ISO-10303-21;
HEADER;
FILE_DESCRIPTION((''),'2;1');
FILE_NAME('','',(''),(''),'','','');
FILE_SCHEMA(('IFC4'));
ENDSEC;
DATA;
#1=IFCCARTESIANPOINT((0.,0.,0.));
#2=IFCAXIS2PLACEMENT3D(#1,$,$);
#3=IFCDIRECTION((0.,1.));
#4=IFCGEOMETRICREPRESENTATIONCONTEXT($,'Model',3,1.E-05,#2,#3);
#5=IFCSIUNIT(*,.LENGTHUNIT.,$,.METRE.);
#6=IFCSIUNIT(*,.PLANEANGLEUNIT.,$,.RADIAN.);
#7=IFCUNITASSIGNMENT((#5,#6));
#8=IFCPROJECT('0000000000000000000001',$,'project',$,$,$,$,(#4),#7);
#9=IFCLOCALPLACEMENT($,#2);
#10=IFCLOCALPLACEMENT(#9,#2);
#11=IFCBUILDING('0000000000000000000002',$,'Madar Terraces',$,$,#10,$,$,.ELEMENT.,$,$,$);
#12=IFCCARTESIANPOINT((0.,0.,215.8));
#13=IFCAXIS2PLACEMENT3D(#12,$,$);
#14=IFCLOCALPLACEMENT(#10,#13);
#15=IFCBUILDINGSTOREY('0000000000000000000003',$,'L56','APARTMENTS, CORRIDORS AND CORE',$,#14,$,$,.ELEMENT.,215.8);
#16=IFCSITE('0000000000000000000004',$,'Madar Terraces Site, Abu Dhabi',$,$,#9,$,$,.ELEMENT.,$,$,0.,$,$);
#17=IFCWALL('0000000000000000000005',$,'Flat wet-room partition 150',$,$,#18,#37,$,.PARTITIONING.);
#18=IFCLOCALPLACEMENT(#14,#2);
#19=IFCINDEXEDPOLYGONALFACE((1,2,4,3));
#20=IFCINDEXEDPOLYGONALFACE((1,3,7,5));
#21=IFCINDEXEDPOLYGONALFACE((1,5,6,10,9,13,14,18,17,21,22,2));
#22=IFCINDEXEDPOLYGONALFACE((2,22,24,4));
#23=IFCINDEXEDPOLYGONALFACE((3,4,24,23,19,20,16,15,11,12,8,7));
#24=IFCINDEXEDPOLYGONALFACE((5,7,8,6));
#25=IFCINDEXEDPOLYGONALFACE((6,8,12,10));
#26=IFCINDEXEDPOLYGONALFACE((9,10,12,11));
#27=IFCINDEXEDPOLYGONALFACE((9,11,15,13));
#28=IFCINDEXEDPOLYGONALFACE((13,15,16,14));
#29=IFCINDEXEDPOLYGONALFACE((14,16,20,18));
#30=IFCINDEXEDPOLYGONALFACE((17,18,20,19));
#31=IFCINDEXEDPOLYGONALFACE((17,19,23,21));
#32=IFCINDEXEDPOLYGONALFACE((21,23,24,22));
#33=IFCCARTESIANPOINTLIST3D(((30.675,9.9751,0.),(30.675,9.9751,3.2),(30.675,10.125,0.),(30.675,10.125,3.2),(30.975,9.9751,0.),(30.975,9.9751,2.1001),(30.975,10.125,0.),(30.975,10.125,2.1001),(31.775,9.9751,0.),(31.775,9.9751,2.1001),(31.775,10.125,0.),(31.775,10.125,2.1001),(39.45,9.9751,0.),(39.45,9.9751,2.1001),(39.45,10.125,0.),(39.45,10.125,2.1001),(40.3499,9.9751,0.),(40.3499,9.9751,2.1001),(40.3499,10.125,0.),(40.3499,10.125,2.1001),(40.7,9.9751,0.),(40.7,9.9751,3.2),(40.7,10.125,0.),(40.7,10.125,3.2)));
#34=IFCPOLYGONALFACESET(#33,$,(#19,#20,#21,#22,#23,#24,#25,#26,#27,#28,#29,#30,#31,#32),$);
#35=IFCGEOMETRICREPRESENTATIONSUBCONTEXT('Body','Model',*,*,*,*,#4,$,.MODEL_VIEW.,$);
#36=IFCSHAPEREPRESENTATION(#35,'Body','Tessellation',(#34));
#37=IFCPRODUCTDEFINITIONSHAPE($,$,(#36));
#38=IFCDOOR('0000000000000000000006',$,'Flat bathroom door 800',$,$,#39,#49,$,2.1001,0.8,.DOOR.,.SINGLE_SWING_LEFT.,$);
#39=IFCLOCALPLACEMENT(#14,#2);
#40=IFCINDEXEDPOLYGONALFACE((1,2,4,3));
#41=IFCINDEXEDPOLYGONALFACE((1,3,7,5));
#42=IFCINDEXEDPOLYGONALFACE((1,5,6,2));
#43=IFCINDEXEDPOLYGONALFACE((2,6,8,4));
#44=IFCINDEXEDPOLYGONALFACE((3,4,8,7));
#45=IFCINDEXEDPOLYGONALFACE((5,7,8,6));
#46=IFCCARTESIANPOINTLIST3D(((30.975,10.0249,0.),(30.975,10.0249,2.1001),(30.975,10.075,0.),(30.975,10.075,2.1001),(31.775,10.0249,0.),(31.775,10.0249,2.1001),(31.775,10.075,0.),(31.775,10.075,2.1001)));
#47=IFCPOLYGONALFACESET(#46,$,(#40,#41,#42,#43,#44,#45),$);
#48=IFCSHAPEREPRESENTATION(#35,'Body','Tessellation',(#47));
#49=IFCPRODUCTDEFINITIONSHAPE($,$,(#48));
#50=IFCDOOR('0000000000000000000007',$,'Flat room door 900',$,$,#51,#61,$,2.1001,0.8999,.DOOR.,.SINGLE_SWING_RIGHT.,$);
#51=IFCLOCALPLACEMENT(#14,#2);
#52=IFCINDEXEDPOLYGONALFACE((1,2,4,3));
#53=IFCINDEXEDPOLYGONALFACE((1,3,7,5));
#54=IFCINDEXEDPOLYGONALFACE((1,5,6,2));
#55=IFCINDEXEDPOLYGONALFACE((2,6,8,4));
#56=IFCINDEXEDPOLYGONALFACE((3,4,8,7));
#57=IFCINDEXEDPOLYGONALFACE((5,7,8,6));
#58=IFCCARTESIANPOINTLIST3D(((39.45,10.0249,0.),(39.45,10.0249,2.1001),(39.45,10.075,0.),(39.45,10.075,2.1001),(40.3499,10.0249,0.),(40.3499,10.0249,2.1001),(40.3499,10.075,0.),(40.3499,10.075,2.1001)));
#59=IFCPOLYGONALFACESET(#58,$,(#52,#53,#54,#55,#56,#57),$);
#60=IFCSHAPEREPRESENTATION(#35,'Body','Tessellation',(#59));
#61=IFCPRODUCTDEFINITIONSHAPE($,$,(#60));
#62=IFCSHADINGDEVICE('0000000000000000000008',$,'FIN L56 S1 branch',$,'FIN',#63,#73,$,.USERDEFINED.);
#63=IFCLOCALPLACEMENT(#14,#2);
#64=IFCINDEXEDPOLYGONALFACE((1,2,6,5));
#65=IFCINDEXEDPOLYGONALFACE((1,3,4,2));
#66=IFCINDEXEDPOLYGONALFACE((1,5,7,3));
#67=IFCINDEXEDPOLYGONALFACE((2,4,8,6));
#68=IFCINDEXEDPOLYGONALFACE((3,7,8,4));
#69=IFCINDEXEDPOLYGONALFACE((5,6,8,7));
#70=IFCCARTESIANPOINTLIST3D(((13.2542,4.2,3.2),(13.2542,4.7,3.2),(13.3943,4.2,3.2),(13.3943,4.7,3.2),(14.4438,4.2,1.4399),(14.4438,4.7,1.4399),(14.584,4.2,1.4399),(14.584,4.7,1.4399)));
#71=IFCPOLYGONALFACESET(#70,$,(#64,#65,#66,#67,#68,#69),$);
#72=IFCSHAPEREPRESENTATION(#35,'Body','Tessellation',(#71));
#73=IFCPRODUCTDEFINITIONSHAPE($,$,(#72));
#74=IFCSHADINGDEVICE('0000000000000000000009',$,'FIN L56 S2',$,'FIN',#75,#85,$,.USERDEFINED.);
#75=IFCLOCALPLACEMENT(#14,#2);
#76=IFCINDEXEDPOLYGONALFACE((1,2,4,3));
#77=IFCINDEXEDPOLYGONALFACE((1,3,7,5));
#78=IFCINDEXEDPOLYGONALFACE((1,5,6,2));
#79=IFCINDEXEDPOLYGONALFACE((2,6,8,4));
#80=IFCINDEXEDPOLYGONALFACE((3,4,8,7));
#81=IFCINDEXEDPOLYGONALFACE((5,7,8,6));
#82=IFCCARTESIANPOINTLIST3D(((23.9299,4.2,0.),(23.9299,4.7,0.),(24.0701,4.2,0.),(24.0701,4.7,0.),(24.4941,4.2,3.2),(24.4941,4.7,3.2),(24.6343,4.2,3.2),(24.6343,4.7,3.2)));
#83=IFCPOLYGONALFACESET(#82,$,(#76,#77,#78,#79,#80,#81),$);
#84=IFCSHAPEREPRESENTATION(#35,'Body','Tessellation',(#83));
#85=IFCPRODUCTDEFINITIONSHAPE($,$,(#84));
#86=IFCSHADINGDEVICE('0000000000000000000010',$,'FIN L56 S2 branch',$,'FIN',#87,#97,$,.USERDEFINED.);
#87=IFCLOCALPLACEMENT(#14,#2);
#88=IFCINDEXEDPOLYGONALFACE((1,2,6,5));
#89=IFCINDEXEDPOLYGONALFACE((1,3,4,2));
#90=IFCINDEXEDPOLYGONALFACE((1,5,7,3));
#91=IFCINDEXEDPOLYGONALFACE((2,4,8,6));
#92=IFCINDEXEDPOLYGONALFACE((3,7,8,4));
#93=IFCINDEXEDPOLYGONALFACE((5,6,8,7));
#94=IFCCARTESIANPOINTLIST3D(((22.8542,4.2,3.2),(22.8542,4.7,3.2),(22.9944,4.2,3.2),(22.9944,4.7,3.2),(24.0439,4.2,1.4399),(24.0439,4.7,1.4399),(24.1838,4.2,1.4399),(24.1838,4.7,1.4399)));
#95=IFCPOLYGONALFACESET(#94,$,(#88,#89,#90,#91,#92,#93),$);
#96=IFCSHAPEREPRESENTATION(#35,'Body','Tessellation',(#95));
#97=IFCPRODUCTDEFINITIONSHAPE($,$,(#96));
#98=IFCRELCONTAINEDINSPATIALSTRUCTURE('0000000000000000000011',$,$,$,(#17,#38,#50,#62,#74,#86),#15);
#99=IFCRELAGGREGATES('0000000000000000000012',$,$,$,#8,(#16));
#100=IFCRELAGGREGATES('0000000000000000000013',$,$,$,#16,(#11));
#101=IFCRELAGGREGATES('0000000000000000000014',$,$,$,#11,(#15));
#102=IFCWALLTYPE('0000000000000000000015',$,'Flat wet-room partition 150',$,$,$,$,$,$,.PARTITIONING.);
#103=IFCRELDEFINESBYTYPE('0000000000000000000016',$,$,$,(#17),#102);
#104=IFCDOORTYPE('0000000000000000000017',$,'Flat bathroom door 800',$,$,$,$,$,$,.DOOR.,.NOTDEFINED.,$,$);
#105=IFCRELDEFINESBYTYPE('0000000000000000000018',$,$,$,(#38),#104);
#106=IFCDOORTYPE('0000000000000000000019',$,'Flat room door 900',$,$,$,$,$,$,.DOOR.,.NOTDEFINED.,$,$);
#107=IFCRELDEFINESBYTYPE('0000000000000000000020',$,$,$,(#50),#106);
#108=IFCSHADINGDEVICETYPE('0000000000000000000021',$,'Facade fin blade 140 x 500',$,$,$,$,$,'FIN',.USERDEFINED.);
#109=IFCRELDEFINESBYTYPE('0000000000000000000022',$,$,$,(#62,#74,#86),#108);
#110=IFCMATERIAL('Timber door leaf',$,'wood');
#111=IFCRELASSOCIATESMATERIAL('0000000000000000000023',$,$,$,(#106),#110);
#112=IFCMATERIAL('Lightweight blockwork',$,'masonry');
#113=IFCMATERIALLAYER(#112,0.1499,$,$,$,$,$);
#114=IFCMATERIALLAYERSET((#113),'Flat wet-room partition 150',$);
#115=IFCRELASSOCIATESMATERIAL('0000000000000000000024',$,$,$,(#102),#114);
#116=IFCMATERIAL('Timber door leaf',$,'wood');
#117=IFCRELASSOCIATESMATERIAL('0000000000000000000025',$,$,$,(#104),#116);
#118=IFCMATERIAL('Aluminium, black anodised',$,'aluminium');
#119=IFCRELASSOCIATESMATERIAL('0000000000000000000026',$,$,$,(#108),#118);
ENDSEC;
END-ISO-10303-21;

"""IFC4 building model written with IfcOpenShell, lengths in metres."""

from ifc_helpers import new_model, si_unit, direction, frame, frame_2d, origin, place, context, subcontext, project, spatial, polyline, rectangle, outline, extrude, material, layer, layer_set, type_object, element, fill, save


model = new_model("IFC4")

# Units and contexts
model_context = context("Model", 3, precision=1e-05, world=origin(), true_north=direction((0.0, 1.0)))
body_context = subcontext(model_context, "Body", "Model", "MODEL_VIEW")
ifc_project = project(units=[si_unit("LENGTHUNIT", "METRE"), si_unit("PLANEANGLEUNIT", "RADIAN")], contexts=[model_context])

# Site, building, storey
site_placement = place(None, origin())
site = spatial("IfcSite", under=ifc_project, at=site_placement, Name="Madar Terraces Site, Abu Dhabi", CompositionType="ELEMENT", RefElevation=0.0)
building_placement = place(site_placement, origin())
building = spatial("IfcBuilding", under=site, at=building_placement, Name="Madar Terraces", CompositionType="ELEMENT")
storey_placement = place(building_placement, frame((0.0, 0.0, 215.8)))
storey = spatial("IfcBuildingStorey", under=building, at=storey_placement, Name="L56", Description="APARTMENTS, CORRIDORS AND CORE", CompositionType="ELEMENT", Elevation=215.8)

# Shared definitions
ifc_material_1 = material(Name="Timber door leaf", Category="wood")
door_type_1 = type_object("IfcDoorType", Name="Flat room door 900", OperationType="NOTDEFINED", PredefinedType="DOOR", material=ifc_material_1)

# Shared definitions
ifc_material_2 = material(Name="Lightweight blockwork", Category="masonry")
ifc_layer_1 = layer(ifc_material_2, 0.1499)
ifc_layer_set_1 = layer_set([ifc_layer_1], Name="Flat wet-room partition 150")
wall_type_1 = type_object("IfcWallType", Name="Flat wet-room partition 150", PredefinedType="PARTITIONING", material=ifc_layer_set_1)

# Wall, openings, doors
wall_1_placement = place(storey_placement, frame((30.675, 10.05, 0.0), z_axis=(0.0, 0.0, 1.0), x_axis=(1.0, 0.0, 0.0)))
wall_1 = element("IfcWall", 1, at=wall_1_placement, inside=storey, type_object=wall_type_1, Name="Flat wet-room partition 150", PredefinedType="PARTITIONING", context=body_context, shape_type="SweptSolid", body=[
    extrude(rectangle(XDim=10.0249, YDim=0.1499, at=frame_2d((5.0125, 0.0))), origin(), (0.0, 0.0, 1.0), 3.2),
])
opening_1_placement = place(wall_1_placement, frame((0.3, 0.0, 0.0)))
opening_1 = element("IfcOpeningElement", 2, at=opening_1_placement, cuts=wall_1, PredefinedType="OPENING", context=body_context, shape_type="SweptSolid", body=[
    extrude(rectangle(XDim=0.8, YDim=2.1001, at=frame_2d((0.3999, 1.05))), frame((0.0, 0.085, 0.0), z_axis=(0.0, -1.0, 0.0), x_axis=(1.0, 0.0, 0.0)), (0.0, 0.0, 1.0), 0.1699),
])
opening_2_placement = place(wall_1_placement, frame((8.7749, 0.0, 0.0)))
opening_2 = element("IfcOpeningElement", 3, at=opening_2_placement, cuts=wall_1, PredefinedType="OPENING", context=body_context, shape_type="SweptSolid", body=[
    extrude(rectangle(XDim=0.8999, YDim=2.1001, at=frame_2d((0.45, 1.05))), frame((0.0, 0.085, 0.0), z_axis=(0.0, -1.0, 0.0), x_axis=(1.0, 0.0, 0.0)), (0.0, 0.0, 1.0), 0.1699),
])
ifc_material_3 = material(Name="Timber door leaf", Category="wood")
door_type_2 = type_object("IfcDoorType", Name="Flat bathroom door 800", OperationType="NOTDEFINED", PredefinedType="DOOR", material=ifc_material_3)
door_1_placement = place(opening_1_placement, origin())
door_1 = element("IfcDoor", 4, at=door_1_placement, inside=storey, type_object=door_type_2, Name="Flat bathroom door 800", OperationType="SINGLE_SWING_LEFT", OverallHeight=2.1001, OverallWidth=0.8, PredefinedType="DOOR", context=body_context, shape_type="SweptSolid", body=[
    extrude(rectangle(XDim=0.8, YDim=2.1001, at=frame_2d((0.3999, 1.05))), frame((0.0, 0.0249, 0.0), z_axis=(0.0, -1.0, 0.0), x_axis=(1.0, 0.0, 0.0)), (0.0, 0.0, 1.0), 0.05),
])
fill(opening_1, door_1)
door_2_placement = place(opening_2_placement, origin())
door_2 = element("IfcDoor", 5, at=door_2_placement, inside=storey, type_object=door_type_1, Name="Flat room door 900", OperationType="SINGLE_SWING_RIGHT", OverallHeight=2.1001, OverallWidth=0.8999, PredefinedType="DOOR", context=body_context, shape_type="SweptSolid", body=[
    extrude(rectangle(XDim=0.8999, YDim=2.1001, at=frame_2d((0.45, 1.05))), frame((0.0, 0.0249, 0.0), z_axis=(0.0, -1.0, 0.0), x_axis=(1.0, 0.0, 0.0)), (0.0, 0.0, 1.0), 0.05),
])
fill(opening_2, door_2)

# Shading devices
ifc_material_4 = material(Name="Aluminium, black anodised", Category="aluminium")
shading_device_type = type_object("IfcShadingDeviceType", Name="Facade fin blade 140 x 500", ElementType="FIN", PredefinedType="USERDEFINED", material=ifc_material_4)
shading_device_1_placement = place(storey_placement, frame((14.4438, 4.45, 1.4399), z_axis=(0.0, 0.0, 1.0), x_axis=(1.0, 0.0, 0.0)))
element("IfcShadingDevice", 6, at=shading_device_1_placement, inside=storey, type_object=shading_device_type, Name="FIN L56 S1 branch", ObjectType="FIN", PredefinedType="USERDEFINED", context=body_context, shape_type="SweptSolid", body=[
    extrude(outline(polyline([(0.0, 0.0), (0.1401, 0.0), (-1.0496, 1.76), (-1.1897, 1.76), (0.0, 0.0)])), frame((0.0, 0.25, 0.0), z_axis=(0.0, -1.0, 0.0), x_axis=(1.0, 0.0, 0.0)), (0.0, 0.0, 1.0), 0.5),
])
shading_device_2_placement = place(storey_placement, frame((23.9299, 4.45, 0.0), z_axis=(0.0, 0.0, 1.0), x_axis=(1.0, 0.0, 0.0)))
element("IfcShadingDevice", 7, at=shading_device_2_placement, inside=storey, type_object=shading_device_type, Name="FIN L56 S2", ObjectType="FIN", PredefinedType="USERDEFINED", context=body_context, shape_type="SweptSolid", body=[
    extrude(outline(polyline([(0.0, 0.0), (0.1401, 0.0), (0.7043, 3.2), (0.5642, 3.2), (0.0, 0.0)])), frame((0.0, 0.25, 0.0), z_axis=(0.0, -1.0, 0.0), x_axis=(1.0, 0.0, 0.0)), (0.0, 0.0, 1.0), 0.5),
])
shading_device_3_placement = place(storey_placement, frame((24.0439, 4.45, 1.4399), z_axis=(0.0, 0.0, 1.0), x_axis=(1.0, 0.0, 0.0)))
element("IfcShadingDevice", 8, at=shading_device_3_placement, inside=storey, type_object=shading_device_type, Name="FIN L56 S2 branch", ObjectType="FIN", PredefinedType="USERDEFINED", context=body_context, shape_type="SweptSolid", body=[
    extrude(outline(polyline([(0.0, 0.0), (0.1399, 0.0), (-1.0496, 1.76), (-1.1897, 1.76), (0.0, 0.0)])), frame((0.0, 0.25, 0.0), z_axis=(0.0, -1.0, 0.0), x_axis=(1.0, 0.0, 0.0)), (0.0, 0.0, 1.0), 0.5),
])

save(model, "model.ifc")
